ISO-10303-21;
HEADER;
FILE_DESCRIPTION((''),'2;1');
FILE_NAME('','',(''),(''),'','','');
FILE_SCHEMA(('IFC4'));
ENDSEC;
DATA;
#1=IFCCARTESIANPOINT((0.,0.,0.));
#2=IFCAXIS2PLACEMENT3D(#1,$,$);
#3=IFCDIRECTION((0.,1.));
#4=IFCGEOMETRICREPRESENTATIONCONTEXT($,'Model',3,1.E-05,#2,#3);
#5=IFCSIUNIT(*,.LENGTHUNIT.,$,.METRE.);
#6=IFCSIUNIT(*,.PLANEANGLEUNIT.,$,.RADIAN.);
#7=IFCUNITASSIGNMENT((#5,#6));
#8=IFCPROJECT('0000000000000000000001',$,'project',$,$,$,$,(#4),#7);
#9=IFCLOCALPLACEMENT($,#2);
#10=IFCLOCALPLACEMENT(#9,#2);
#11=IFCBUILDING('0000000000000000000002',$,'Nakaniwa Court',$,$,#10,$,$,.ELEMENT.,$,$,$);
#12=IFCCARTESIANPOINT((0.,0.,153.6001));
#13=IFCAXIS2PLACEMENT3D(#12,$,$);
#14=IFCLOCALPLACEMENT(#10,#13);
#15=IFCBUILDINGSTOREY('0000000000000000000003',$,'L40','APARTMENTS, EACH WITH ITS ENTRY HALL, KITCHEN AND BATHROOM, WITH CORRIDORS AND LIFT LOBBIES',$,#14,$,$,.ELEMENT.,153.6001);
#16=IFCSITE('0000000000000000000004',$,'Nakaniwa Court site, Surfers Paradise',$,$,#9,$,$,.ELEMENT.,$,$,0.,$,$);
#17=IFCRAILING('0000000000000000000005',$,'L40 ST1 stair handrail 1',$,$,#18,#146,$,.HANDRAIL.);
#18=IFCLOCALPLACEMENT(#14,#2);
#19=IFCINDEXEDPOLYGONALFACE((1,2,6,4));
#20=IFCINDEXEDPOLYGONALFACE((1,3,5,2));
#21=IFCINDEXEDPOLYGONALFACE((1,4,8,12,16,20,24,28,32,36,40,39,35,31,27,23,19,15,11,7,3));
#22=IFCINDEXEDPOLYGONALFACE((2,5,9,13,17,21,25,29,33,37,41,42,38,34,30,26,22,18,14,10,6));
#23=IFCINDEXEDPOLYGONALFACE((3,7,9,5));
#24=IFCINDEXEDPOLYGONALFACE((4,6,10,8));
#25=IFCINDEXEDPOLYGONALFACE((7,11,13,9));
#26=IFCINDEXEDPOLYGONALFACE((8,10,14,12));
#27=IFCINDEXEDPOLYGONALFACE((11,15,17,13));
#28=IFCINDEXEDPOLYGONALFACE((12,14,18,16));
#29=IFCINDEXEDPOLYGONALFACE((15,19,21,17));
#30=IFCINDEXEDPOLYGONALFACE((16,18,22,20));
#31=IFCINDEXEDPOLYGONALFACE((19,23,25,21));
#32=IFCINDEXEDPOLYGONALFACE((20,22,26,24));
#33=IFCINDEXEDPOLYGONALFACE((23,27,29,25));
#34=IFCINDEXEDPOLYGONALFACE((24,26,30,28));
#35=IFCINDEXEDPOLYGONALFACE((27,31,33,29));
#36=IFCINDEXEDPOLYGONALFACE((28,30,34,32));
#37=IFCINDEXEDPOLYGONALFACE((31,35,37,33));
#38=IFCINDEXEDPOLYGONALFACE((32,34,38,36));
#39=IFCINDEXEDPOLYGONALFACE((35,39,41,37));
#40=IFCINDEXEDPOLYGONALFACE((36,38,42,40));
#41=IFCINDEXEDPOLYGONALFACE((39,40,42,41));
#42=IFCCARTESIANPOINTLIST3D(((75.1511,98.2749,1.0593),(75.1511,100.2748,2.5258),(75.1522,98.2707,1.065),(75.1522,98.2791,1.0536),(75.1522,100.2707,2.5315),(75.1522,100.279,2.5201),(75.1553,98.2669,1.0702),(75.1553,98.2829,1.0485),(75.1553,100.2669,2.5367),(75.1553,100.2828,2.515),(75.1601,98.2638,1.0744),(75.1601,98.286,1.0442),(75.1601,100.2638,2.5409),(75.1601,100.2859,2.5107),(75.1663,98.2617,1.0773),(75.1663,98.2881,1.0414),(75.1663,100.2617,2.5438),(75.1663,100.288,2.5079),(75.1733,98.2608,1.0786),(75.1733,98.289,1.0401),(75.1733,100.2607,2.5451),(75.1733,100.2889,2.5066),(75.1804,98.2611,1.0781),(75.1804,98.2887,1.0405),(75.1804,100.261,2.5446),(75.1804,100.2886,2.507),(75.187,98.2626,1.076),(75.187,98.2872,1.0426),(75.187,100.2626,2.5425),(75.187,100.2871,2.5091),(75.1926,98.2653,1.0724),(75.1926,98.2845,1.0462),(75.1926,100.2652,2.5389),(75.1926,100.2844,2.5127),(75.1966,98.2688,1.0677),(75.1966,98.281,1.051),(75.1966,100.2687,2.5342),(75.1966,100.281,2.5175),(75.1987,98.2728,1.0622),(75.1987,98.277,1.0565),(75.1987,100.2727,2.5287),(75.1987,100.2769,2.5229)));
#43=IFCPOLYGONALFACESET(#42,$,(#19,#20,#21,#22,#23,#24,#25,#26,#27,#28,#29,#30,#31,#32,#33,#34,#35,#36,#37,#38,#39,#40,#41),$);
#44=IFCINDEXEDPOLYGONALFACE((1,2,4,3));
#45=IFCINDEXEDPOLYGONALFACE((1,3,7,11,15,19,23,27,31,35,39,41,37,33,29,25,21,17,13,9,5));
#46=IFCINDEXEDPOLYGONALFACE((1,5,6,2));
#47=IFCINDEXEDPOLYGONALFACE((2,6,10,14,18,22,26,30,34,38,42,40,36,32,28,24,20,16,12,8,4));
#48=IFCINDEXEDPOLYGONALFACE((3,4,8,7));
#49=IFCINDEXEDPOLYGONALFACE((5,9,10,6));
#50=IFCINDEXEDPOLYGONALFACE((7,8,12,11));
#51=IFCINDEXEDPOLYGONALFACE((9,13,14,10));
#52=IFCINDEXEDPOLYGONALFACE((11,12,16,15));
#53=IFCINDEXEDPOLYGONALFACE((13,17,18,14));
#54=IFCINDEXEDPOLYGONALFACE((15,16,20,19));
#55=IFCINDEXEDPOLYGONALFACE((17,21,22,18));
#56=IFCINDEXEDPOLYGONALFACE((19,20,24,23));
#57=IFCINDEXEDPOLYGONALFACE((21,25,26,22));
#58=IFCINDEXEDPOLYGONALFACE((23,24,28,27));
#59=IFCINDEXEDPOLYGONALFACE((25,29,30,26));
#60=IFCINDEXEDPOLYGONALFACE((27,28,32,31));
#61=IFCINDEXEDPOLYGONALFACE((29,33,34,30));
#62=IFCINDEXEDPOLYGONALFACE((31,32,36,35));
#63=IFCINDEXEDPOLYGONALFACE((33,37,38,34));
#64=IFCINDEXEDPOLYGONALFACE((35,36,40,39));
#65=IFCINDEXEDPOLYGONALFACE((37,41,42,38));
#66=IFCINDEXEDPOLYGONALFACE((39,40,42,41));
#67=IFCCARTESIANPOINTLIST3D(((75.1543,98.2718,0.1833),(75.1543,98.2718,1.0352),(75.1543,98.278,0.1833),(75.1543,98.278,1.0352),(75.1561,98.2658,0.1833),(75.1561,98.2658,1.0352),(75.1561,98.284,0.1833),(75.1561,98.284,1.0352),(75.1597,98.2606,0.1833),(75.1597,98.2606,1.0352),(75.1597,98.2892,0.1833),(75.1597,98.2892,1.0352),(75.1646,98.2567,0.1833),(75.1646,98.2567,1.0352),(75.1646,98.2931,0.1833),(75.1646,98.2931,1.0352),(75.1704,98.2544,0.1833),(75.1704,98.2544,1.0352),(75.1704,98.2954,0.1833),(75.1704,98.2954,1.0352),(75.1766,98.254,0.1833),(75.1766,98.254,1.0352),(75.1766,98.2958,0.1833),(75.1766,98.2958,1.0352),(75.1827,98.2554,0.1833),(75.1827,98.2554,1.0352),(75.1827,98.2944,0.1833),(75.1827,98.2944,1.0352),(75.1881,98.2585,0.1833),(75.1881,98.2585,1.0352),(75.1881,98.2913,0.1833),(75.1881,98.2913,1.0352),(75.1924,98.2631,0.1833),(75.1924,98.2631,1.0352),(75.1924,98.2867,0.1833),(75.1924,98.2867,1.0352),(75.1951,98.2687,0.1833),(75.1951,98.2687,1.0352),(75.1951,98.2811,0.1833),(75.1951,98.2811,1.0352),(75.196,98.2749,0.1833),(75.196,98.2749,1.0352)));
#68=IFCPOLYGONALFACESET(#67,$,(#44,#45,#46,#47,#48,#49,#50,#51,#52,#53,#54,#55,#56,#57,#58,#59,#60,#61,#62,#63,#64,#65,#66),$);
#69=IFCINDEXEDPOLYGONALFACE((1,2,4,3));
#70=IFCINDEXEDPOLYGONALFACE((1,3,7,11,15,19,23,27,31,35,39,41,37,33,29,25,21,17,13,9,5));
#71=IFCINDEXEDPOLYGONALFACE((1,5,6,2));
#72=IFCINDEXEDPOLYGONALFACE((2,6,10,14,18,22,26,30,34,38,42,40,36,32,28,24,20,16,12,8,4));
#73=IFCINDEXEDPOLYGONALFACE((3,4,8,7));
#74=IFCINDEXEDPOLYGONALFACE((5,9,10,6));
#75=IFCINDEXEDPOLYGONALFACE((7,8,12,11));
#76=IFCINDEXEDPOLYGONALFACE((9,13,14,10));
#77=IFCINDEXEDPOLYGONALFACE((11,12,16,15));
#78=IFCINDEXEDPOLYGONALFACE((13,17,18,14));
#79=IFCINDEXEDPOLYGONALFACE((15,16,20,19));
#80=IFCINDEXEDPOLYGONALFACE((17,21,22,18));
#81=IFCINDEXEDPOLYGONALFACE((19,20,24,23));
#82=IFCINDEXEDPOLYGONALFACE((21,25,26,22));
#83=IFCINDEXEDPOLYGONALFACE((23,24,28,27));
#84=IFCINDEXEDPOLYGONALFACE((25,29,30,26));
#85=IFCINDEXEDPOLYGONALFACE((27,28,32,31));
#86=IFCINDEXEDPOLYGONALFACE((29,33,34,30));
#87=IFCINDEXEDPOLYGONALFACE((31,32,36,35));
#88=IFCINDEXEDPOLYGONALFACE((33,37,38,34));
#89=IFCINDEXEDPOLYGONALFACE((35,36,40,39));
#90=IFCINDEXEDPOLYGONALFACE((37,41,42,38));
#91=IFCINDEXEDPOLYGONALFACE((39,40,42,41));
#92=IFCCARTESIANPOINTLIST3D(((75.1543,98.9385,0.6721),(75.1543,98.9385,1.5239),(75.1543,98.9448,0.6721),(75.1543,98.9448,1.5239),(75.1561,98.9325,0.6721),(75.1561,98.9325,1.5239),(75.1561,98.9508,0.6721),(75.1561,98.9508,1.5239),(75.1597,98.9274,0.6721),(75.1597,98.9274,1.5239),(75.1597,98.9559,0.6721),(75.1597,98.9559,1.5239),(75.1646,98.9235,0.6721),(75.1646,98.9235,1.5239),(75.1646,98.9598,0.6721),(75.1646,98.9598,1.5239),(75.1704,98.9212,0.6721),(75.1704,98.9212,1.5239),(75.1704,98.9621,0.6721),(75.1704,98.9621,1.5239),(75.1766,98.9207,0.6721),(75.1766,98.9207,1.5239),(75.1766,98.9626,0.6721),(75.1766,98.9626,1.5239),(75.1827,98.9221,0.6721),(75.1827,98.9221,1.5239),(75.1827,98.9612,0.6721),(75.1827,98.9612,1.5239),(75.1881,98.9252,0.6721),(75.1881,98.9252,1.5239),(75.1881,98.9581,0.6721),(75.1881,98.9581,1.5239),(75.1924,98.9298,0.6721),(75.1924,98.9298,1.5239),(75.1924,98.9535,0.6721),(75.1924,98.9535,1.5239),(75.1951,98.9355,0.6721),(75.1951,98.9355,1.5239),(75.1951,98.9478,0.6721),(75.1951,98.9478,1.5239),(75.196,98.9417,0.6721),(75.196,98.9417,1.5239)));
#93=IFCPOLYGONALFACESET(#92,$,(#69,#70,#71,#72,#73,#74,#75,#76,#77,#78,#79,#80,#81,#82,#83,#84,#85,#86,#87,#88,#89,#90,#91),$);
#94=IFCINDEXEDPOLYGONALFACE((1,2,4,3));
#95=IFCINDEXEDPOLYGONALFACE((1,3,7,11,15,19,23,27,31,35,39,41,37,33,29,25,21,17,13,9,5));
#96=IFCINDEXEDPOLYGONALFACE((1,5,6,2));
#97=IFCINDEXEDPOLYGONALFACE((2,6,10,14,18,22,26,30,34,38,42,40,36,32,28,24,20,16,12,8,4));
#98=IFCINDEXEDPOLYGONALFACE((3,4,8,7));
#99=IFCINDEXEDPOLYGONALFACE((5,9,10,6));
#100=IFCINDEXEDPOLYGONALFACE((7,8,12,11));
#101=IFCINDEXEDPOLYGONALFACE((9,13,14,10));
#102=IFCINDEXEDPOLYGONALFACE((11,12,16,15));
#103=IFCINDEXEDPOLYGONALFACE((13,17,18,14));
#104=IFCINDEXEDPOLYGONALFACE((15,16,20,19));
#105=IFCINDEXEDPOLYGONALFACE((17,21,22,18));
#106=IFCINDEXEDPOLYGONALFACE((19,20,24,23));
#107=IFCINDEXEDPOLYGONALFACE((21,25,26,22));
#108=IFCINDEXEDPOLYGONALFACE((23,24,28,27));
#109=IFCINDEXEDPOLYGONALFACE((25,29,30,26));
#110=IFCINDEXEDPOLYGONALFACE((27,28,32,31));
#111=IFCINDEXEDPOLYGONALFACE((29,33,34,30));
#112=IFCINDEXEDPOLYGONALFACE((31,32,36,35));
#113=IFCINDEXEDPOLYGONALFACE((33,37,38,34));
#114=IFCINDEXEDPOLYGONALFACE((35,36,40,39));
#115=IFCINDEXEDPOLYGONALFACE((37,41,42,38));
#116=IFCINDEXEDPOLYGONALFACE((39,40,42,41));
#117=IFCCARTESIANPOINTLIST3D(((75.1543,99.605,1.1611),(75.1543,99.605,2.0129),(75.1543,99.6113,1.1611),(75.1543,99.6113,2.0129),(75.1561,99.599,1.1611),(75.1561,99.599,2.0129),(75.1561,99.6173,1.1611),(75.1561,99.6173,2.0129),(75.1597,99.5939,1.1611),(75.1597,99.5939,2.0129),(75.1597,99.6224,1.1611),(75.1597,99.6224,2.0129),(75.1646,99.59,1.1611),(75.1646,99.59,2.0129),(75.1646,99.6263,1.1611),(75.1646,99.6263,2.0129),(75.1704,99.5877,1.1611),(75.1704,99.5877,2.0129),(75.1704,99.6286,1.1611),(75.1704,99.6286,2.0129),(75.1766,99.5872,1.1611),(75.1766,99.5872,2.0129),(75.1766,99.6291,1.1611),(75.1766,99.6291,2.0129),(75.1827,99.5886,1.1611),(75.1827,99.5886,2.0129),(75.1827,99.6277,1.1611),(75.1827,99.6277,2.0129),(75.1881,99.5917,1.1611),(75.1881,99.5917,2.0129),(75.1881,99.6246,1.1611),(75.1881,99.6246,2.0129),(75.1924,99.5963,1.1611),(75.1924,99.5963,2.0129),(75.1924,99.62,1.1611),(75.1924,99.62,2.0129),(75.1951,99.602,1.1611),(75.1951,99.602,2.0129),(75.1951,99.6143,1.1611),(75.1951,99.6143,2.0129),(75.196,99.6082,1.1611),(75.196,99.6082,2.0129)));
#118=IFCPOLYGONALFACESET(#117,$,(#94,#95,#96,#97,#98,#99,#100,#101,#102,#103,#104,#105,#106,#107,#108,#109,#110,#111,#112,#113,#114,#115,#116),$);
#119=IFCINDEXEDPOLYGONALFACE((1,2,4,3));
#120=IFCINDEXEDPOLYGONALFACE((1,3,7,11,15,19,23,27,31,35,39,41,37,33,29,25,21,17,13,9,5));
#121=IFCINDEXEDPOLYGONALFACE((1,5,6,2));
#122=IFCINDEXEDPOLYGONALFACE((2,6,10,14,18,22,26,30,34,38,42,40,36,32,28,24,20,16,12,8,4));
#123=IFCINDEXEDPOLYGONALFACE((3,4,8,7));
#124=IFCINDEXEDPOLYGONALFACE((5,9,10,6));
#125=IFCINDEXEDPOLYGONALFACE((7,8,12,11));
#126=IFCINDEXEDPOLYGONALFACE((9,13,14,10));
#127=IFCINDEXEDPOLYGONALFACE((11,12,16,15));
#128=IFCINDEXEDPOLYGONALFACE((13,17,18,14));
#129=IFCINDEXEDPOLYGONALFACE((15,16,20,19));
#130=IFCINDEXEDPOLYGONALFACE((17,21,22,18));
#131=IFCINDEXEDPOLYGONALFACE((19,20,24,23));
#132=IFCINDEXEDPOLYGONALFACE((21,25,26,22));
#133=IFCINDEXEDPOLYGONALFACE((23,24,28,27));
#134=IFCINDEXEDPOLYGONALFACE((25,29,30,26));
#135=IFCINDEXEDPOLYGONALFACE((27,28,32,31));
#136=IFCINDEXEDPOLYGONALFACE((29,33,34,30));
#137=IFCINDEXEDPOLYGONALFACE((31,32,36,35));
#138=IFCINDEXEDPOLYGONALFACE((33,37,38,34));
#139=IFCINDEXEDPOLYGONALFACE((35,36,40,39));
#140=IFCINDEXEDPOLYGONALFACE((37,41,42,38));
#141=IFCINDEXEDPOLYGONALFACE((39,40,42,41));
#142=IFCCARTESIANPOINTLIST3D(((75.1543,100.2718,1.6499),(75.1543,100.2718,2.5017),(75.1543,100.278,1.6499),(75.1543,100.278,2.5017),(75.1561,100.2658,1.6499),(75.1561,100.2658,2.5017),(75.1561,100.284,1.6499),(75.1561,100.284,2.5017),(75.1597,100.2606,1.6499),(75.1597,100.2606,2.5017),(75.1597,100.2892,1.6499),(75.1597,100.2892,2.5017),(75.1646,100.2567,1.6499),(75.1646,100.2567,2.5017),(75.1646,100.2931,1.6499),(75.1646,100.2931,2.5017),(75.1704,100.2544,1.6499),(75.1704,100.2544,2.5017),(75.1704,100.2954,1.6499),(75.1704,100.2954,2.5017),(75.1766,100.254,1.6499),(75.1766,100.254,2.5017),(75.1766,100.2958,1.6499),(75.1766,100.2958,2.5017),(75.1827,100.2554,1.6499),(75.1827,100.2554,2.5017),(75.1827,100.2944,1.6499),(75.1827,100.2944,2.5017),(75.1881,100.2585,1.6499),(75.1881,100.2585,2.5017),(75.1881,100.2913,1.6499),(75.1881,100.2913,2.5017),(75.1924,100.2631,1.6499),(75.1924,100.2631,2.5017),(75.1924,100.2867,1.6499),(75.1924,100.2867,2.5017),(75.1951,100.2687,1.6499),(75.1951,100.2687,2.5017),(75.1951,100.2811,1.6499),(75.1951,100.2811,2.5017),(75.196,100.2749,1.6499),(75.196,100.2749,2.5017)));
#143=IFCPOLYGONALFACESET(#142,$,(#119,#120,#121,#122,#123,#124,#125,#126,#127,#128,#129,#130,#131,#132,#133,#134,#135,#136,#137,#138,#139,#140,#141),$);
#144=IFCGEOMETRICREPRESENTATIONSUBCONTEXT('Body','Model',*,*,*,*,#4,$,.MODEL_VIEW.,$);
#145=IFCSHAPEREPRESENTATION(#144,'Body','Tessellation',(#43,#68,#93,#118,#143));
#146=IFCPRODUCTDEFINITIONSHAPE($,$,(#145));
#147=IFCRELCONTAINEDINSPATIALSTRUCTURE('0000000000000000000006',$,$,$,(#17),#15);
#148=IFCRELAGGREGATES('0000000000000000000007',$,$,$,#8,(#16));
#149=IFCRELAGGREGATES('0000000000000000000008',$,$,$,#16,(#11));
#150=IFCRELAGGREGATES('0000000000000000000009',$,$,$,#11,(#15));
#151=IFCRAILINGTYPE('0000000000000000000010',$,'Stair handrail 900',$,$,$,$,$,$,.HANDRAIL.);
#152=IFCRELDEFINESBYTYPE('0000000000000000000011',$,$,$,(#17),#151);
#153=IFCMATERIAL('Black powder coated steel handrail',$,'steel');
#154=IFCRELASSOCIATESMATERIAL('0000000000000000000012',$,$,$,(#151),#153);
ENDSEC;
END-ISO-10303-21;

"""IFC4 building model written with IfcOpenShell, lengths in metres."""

from ifc_helpers import new_model, si_unit, direction, frame, origin, origin_2d, place, context, subcontext, project, spatial, circle, extrude, material, type_object, element, save


model = new_model("IFC4")

# Units and contexts
model_context = context("Model", 3, precision=1e-05, world=origin(), true_north=direction((0.0, 1.0)))
body_context = subcontext(model_context, "Body", "Model", "MODEL_VIEW")
ifc_project = project(units=[si_unit("LENGTHUNIT", "METRE"), si_unit("PLANEANGLEUNIT", "RADIAN")], contexts=[model_context])

# Site, building, storey
site_placement = place(None, origin())
site = spatial("IfcSite", under=ifc_project, at=site_placement, Name="Nakaniwa Court site, Surfers Paradise", CompositionType="ELEMENT", RefElevation=0.0)
building_placement = place(site_placement, origin())
building = spatial("IfcBuilding", under=site, at=building_placement, Name="Nakaniwa Court", CompositionType="ELEMENT")
storey_placement = place(building_placement, frame((0.0, 0.0, 153.6001)))
storey = spatial("IfcBuildingStorey", under=building, at=storey_placement, Name="L40", Description="APARTMENTS, EACH WITH ITS ENTRY HALL, KITCHEN AND BATHROOM, WITH CORRIDORS AND LIFT LOBBIES", CompositionType="ELEMENT", Elevation=153.6001)

# Railing
ifc_material_1 = material(Name="Black powder coated steel handrail", Category="steel")
railing_type_1 = type_object("IfcRailingType", Name="Stair handrail 900", PredefinedType="HANDRAIL", material=ifc_material_1)
railing_1_placement = place(storey_placement, frame((75.175, 98.2749, 0.1833)))
element("IfcRailing", 1, at=railing_1_placement, inside=storey, type_object=railing_type_1, Name="L40 ST1 stair handrail 1", PredefinedType="HANDRAIL", context=body_context, shape_type="SweptSolid", body=[
    extrude(circle(Radius=0.0239, at=origin_2d()), frame((0.0, 0.0, 0.876), z_axis=(0.0, 0.806427, 0.591334), x_axis=(-1.0, 0.0, 0.0)), (0.0, 0.0, 1.0), 2.48),
    extrude(circle(Radius=0.021, at=origin_2d()), origin(), (0.0, 0.0, 1.0), 0.8518),
    extrude(circle(Radius=0.021, at=origin_2d()), frame((0.0, 0.6667, 0.4888)), (0.0, 0.0, 1.0), 0.8518),
    extrude(circle(Radius=0.021, at=origin_2d()), frame((0.0, 1.3333, 0.9778)), (0.0, 0.0, 1.0), 0.8518),
    extrude(circle(Radius=0.021, at=origin_2d()), frame((0.0, 2.0, 1.4666)), (0.0, 0.0, 1.0), 0.8518),
])

save(model, "model.ifc")
